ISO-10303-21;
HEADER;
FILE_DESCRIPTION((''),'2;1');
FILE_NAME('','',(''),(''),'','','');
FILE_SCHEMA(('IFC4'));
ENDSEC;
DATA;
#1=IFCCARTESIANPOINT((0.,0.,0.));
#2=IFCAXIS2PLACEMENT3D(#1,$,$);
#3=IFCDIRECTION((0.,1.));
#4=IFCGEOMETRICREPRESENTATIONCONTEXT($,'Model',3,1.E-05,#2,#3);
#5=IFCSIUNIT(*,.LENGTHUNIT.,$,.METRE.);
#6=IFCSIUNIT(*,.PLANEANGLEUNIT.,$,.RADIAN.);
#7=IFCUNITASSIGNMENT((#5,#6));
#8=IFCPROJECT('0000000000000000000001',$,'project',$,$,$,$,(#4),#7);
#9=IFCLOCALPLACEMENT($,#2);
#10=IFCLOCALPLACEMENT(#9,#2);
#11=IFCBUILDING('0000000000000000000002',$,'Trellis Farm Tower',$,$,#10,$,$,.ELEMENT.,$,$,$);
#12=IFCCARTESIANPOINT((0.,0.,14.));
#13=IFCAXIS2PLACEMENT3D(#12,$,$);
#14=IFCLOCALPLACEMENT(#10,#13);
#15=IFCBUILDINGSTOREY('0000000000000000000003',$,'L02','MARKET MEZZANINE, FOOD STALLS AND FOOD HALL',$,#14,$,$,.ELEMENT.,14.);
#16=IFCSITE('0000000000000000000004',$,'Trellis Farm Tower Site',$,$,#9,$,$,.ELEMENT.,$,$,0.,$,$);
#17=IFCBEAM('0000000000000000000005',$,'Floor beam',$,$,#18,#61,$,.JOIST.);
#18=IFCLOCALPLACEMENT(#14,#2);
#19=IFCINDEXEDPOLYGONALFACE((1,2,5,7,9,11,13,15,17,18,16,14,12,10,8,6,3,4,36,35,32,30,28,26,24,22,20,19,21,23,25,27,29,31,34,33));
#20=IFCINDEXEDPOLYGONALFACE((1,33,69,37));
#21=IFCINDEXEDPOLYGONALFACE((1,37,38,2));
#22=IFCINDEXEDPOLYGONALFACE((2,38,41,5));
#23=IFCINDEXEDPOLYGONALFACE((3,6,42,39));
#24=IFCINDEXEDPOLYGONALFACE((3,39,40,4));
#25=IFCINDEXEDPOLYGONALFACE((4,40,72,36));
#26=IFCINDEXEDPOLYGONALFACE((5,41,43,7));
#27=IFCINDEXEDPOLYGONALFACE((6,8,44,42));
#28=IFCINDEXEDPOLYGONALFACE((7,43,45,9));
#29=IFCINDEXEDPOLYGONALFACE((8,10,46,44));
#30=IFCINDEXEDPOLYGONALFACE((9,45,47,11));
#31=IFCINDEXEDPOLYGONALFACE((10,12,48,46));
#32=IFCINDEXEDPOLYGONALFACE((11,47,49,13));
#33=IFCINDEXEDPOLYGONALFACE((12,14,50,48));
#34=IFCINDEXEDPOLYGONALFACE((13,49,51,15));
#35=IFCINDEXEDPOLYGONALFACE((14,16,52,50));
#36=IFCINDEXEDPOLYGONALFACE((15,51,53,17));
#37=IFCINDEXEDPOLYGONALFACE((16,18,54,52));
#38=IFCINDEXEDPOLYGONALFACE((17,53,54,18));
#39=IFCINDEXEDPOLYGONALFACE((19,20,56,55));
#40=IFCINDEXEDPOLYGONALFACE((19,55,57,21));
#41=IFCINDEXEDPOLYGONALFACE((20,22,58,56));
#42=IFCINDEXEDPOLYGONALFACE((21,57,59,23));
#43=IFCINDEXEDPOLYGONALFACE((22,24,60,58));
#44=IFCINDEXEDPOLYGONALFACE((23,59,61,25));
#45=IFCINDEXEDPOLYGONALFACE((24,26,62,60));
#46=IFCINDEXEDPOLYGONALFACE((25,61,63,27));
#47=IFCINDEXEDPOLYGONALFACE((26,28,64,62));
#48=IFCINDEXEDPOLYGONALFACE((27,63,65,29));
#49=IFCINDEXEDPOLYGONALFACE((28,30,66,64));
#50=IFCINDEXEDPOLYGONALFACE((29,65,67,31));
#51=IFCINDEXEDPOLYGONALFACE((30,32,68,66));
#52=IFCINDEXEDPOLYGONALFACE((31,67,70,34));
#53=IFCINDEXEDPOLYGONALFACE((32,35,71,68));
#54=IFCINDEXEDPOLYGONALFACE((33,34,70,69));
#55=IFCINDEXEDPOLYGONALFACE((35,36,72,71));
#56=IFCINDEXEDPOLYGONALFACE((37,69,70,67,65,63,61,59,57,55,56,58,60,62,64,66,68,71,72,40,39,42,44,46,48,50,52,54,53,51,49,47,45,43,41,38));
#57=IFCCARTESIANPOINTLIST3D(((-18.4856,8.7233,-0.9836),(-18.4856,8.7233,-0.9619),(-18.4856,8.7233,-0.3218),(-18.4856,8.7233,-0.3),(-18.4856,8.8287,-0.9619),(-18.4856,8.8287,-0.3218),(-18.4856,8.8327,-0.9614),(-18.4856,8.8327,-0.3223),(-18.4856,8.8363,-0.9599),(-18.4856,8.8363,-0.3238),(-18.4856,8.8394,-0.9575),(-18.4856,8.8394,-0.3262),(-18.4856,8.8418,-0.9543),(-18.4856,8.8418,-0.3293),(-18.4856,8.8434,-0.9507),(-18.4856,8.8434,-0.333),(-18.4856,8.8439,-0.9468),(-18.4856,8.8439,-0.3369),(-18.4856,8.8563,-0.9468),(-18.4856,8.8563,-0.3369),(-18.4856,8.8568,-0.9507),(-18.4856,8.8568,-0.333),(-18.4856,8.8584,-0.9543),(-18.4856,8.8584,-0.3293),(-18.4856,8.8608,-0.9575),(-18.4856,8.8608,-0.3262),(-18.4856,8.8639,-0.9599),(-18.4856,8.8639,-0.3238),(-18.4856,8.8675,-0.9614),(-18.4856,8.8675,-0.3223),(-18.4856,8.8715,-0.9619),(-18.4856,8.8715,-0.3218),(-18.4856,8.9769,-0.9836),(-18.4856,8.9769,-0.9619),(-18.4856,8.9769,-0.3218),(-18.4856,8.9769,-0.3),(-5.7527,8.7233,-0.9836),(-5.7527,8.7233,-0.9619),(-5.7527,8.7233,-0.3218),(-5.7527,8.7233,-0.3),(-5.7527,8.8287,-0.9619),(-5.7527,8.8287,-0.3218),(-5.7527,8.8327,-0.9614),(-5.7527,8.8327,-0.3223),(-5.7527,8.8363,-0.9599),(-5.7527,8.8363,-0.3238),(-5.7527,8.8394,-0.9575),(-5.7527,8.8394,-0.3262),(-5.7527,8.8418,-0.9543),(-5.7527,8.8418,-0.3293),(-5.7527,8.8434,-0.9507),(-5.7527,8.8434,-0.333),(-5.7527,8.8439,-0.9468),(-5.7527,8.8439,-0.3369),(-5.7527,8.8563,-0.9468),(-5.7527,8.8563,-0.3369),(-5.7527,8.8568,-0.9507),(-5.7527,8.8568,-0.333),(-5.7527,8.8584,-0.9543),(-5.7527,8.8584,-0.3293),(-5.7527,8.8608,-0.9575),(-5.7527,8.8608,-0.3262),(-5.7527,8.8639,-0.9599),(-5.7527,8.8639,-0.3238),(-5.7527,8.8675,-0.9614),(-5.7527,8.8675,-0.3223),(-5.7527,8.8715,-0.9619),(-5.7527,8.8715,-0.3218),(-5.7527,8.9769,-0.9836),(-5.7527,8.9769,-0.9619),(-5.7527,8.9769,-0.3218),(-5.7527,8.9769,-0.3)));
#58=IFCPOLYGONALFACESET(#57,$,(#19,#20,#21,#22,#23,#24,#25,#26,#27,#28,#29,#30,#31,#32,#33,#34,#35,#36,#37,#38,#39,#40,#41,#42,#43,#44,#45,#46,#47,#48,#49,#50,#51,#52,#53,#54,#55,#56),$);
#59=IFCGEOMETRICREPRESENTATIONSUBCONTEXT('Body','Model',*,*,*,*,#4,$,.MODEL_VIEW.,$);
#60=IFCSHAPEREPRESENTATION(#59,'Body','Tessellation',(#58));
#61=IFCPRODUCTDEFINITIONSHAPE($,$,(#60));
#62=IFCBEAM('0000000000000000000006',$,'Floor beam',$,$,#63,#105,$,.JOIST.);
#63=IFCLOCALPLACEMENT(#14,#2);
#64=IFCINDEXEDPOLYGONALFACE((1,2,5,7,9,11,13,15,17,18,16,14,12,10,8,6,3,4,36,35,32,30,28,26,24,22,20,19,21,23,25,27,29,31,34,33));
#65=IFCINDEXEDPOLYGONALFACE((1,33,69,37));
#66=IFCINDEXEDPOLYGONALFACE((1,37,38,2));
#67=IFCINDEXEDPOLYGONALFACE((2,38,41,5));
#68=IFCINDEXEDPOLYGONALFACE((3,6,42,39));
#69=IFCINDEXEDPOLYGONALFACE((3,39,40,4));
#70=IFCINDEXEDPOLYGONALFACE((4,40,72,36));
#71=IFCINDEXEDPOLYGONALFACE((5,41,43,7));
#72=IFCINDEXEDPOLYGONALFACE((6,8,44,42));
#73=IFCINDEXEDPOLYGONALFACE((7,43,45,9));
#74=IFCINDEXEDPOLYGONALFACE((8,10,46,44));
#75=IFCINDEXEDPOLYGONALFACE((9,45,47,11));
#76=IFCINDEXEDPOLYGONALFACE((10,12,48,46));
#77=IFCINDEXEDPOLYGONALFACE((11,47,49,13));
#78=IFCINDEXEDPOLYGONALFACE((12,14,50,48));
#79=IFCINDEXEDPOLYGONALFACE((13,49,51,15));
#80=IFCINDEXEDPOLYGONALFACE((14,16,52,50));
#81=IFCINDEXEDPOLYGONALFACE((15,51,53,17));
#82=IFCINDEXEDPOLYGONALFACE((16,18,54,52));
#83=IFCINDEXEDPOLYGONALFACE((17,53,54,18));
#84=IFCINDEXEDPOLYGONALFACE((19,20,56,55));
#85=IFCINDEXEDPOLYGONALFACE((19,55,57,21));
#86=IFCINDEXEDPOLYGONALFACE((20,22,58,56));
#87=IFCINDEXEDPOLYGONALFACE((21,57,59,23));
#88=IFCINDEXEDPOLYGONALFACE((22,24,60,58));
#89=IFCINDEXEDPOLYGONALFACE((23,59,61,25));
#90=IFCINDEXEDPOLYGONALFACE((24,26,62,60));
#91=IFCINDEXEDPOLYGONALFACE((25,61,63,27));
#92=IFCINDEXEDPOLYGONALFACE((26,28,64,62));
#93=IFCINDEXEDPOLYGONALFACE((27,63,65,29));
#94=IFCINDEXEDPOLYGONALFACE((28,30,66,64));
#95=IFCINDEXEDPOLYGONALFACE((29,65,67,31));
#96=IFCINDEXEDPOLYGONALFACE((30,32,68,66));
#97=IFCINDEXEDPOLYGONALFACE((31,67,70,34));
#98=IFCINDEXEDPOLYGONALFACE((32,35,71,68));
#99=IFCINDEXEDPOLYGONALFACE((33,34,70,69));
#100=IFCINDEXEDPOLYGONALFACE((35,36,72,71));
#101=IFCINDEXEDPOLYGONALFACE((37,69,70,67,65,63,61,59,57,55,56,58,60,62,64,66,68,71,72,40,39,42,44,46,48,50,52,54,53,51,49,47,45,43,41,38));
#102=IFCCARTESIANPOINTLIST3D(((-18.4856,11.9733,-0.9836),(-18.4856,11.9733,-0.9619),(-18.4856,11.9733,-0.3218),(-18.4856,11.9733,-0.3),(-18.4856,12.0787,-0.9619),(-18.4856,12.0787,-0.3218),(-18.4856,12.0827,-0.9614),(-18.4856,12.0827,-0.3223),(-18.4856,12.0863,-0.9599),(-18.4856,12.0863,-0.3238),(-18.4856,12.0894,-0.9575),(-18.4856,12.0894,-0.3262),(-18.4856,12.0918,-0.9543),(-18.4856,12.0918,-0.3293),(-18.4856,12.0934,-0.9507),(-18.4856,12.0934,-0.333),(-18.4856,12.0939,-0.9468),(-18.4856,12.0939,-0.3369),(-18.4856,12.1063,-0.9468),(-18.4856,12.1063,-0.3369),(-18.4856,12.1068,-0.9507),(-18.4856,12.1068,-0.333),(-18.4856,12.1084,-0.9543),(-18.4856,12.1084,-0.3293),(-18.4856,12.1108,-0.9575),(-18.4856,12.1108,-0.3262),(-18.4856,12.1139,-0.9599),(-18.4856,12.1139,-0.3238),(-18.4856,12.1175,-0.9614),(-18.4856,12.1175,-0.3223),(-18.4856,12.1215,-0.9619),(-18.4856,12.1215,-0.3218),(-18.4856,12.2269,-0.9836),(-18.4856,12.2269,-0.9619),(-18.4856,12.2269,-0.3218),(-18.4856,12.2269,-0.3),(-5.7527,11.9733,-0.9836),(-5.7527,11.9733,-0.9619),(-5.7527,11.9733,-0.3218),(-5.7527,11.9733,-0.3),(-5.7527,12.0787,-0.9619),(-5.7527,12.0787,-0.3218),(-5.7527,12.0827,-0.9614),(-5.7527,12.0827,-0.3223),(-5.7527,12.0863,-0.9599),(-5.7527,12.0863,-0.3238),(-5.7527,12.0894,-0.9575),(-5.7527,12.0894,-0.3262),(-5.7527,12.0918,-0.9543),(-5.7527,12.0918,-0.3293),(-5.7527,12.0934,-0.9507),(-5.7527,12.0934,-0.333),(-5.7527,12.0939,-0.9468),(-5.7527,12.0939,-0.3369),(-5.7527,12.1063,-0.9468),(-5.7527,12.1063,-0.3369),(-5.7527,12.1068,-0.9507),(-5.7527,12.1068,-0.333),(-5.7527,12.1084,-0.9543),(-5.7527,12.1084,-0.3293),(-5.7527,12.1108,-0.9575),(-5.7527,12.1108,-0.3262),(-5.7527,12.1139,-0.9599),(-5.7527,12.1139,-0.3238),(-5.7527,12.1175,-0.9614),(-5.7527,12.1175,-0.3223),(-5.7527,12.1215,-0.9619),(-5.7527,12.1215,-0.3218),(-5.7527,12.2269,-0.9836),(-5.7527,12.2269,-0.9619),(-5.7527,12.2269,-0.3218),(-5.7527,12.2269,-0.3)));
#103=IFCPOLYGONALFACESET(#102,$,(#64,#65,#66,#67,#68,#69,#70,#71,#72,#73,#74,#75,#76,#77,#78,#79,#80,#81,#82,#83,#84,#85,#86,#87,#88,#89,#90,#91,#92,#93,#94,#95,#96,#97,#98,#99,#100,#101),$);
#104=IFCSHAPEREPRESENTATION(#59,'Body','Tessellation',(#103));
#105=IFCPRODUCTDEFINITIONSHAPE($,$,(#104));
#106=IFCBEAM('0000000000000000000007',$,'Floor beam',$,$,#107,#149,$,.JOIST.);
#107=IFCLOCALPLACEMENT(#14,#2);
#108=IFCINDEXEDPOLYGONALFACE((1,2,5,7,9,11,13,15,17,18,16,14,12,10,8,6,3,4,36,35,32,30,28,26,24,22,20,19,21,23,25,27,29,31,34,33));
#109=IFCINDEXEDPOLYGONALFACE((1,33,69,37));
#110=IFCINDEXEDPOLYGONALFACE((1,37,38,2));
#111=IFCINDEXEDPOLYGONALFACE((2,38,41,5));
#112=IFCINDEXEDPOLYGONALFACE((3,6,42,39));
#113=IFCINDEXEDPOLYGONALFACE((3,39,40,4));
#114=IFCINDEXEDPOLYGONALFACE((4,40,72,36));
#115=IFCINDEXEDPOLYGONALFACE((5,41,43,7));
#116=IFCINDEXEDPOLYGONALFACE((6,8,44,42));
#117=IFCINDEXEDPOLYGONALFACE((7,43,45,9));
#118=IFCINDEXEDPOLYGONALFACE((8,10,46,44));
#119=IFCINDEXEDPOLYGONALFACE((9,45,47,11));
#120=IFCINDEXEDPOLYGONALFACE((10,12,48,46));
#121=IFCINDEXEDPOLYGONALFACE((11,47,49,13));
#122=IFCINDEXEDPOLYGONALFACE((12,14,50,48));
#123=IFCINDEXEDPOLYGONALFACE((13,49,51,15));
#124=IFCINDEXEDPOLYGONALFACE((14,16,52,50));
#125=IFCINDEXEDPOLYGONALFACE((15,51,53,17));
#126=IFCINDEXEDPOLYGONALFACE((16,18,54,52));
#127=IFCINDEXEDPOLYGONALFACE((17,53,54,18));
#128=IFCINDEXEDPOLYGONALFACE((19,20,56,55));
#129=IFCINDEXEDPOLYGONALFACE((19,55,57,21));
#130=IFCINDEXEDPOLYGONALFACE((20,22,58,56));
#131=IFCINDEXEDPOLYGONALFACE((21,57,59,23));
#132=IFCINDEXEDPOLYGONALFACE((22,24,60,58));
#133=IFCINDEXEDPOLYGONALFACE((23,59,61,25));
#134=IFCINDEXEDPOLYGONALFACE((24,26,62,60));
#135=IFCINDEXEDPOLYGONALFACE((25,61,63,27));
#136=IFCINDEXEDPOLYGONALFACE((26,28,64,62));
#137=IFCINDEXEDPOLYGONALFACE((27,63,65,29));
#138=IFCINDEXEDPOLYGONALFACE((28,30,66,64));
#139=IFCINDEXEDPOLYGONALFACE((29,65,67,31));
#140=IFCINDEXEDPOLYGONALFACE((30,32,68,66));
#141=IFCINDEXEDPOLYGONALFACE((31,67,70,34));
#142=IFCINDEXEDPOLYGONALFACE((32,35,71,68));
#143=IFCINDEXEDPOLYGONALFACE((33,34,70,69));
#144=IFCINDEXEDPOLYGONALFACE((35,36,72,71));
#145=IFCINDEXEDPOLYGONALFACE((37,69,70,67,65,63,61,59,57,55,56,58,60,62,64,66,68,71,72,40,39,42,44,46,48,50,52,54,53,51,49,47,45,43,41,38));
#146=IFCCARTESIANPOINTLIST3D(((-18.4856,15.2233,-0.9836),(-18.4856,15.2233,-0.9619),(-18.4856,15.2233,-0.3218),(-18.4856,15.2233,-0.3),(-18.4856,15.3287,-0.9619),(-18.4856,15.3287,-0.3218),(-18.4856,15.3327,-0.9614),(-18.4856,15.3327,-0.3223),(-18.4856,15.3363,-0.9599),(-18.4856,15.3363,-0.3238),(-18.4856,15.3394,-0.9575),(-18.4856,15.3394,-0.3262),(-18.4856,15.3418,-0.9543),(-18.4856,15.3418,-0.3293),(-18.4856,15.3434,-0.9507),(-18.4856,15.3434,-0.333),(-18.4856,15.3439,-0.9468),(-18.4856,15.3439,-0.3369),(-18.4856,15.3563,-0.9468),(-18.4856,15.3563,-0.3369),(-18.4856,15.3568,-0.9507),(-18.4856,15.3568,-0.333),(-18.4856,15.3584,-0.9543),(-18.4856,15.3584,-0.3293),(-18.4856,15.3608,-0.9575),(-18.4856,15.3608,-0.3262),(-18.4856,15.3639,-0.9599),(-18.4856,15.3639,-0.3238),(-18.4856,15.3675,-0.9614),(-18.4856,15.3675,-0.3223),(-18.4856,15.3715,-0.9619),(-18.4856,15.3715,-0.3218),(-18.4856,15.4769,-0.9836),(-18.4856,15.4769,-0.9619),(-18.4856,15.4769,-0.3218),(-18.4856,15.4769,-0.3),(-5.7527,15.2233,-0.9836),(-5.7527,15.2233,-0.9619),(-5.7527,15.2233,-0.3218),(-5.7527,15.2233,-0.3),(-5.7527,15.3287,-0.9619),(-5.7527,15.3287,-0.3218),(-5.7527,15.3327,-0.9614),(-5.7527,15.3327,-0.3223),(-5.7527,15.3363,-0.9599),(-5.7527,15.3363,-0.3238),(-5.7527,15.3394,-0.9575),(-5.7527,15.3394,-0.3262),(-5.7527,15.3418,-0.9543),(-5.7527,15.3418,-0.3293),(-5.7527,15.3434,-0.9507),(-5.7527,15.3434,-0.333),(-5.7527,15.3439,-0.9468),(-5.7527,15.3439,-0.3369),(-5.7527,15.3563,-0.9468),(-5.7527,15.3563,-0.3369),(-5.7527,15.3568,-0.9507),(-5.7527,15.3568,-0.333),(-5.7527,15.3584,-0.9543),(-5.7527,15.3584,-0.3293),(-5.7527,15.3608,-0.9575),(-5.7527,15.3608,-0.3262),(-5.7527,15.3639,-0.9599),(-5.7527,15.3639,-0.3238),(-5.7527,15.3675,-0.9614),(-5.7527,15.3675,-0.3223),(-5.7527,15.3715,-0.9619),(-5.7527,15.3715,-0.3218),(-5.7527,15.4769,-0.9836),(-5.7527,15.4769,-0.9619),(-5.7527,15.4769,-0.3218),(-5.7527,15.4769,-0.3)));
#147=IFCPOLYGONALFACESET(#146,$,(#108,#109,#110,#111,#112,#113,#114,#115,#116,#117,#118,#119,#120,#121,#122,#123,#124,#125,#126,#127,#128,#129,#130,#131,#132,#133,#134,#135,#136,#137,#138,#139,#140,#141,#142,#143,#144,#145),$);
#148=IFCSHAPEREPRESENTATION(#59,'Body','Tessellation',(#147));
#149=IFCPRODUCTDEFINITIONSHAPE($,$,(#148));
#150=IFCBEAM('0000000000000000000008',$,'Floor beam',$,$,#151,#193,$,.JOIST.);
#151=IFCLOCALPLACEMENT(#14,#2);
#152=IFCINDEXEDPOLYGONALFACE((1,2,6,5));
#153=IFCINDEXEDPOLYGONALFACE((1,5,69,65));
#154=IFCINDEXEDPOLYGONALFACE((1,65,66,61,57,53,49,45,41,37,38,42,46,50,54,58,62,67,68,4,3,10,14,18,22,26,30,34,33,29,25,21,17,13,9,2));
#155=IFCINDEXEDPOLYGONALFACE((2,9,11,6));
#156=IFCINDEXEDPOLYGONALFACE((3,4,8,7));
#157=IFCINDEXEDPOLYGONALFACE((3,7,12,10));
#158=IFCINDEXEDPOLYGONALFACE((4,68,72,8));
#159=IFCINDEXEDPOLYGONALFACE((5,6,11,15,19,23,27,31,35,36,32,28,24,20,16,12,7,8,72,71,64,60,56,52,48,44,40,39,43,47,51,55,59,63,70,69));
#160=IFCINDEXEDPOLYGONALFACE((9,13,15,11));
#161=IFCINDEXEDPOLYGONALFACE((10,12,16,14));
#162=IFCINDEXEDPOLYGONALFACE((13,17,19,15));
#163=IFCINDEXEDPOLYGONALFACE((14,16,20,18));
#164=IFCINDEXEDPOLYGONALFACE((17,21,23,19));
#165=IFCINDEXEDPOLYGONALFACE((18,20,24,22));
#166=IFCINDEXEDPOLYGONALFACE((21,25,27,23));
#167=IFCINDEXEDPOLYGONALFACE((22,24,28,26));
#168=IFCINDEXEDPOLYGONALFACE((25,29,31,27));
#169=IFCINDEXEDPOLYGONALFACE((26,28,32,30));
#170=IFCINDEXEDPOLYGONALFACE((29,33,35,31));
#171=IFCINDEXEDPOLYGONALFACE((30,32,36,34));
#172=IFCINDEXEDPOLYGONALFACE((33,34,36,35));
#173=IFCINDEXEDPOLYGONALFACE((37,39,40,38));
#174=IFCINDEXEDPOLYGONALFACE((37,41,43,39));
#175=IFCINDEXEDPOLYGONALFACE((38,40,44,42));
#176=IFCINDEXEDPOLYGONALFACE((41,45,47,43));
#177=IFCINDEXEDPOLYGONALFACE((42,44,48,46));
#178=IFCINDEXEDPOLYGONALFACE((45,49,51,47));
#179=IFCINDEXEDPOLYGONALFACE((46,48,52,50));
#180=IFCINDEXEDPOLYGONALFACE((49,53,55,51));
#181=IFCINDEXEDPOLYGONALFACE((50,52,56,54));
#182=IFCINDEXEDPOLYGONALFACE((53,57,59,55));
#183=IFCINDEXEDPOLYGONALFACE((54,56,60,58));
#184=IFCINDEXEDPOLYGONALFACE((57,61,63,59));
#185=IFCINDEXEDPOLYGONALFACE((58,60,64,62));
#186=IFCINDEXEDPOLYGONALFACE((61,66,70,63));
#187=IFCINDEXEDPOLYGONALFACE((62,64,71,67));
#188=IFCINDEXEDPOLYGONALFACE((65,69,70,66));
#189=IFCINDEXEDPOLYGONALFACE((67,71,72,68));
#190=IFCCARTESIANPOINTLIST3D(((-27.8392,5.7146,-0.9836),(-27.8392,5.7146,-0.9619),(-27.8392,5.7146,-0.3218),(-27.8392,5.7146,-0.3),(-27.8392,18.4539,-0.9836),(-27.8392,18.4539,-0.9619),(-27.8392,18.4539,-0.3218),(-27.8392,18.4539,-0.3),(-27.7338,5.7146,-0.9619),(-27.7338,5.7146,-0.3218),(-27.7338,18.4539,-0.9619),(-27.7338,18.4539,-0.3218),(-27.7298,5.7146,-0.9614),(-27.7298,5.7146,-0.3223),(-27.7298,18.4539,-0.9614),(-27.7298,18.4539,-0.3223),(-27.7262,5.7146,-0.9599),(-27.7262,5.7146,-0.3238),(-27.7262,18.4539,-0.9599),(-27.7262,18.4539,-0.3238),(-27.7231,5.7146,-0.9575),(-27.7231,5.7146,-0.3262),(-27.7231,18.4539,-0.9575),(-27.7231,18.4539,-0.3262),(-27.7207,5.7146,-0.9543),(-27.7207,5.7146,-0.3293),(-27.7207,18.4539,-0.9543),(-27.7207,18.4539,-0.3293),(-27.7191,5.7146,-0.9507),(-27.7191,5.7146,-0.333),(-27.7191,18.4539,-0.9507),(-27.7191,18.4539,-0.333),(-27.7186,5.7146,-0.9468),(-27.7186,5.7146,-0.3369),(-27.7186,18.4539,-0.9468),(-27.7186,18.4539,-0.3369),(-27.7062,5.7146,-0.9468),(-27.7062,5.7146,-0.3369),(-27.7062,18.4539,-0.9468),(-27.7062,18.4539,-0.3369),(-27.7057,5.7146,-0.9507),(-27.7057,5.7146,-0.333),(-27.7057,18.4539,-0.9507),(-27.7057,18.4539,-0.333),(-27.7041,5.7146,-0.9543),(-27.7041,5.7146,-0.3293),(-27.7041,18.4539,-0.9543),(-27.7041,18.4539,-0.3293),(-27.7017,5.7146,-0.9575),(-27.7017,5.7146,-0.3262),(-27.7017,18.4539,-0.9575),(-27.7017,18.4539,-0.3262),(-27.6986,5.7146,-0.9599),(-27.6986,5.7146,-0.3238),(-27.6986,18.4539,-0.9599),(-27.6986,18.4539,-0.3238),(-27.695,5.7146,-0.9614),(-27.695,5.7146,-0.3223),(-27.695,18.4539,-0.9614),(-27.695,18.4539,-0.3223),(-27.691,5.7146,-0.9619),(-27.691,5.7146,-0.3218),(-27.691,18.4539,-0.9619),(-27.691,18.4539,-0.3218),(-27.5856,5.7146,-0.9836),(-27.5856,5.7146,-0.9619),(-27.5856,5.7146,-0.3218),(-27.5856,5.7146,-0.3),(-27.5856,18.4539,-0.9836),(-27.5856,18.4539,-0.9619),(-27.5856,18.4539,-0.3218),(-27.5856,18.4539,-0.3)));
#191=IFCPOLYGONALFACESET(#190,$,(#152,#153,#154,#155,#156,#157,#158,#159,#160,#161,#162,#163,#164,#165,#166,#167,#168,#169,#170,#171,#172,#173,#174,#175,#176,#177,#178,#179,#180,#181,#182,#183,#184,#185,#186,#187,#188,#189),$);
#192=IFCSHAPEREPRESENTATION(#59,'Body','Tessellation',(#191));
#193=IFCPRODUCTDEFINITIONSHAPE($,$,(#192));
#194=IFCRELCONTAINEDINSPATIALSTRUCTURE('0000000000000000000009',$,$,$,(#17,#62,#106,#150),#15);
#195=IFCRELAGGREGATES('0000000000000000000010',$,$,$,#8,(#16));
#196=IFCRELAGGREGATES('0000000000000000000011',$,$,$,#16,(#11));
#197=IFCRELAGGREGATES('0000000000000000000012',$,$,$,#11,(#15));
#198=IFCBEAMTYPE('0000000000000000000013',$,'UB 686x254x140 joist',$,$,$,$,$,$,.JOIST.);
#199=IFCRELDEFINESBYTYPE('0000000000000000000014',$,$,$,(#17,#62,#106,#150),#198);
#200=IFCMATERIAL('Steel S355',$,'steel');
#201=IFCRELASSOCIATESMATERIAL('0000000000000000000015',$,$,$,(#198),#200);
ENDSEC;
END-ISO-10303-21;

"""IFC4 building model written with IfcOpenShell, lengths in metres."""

from ifc_helpers import new_model, si_unit, direction, frame, origin, origin_2d, place, context, subcontext, project, spatial, i_section, extrude, source, transform, mapped, material, material_profile, profile_set, type_object, element, save


model = new_model("IFC4")

# Units and contexts
model_context = context("Model", 3, precision=1e-05, world=origin(), true_north=direction((0.0, 1.0)))
body_context = subcontext(model_context, "Body", "Model", "MODEL_VIEW")
ifc_project = project(units=[si_unit("LENGTHUNIT", "METRE"), si_unit("PLANEANGLEUNIT", "RADIAN")], contexts=[model_context])

# Site, building, storey
site_placement = place(None, origin())
site = spatial("IfcSite", under=ifc_project, at=site_placement, Name="Trellis Farm Tower Site", CompositionType="ELEMENT", RefElevation=0.0)
building_placement = place(site_placement, origin())
building = spatial("IfcBuilding", under=site, at=building_placement, Name="Trellis Farm Tower", CompositionType="ELEMENT")
storey_placement = place(building_placement, frame((0.0, 0.0, 14.0)))
storey = spatial("IfcBuildingStorey", under=building, at=storey_placement, Name="L02", Description="MARKET MEZZANINE, FOOD STALLS AND FOOD HALL", CompositionType="ELEMENT", Elevation=14.0)

# Beams
ifc_material_1 = material(Name="Steel S355", Category="steel")
ifc_material_profile_1 = material_profile(ifc_material_1, i_section(OverallWidth=0.2537, OverallDepth=0.6836, WebThickness=0.0125, FlangeThickness=0.0217, FilletRadius=0.0151, at=origin_2d()), Name="UB 686x254x140")
ifc_profile_set_1 = profile_set([ifc_material_profile_1], Name="Steel S355")
beam_type_1 = type_object("IfcBeamType", Name="UB 686x254x140 joist", PredefinedType="JOIST", material=ifc_profile_set_1)
shared_shape_1 = source(origin(), body_context, "Body", "SweptSolid", [
    extrude(i_section(OverallWidth=0.2537, OverallDepth=0.6836, WebThickness=0.0125, FlangeThickness=0.0217, FilletRadius=0.0151, at=origin_2d()), origin(), (0.0, 0.0, 1.0), 12.7329),
])
for number, where, z_axis, x_axis, name in (
    (1, (-18.4856, 8.8501, -0.6418), (1.0, 0.0, 0.0), (0.0, 1.0, 0.0), "Floor beam"),
    (2, (-18.4856, 12.1001, -0.6418), (1.0, 0.0, 0.0), (0.0, 1.0, 0.0), "Floor beam"),
    (3, (-18.4856, 15.3501, -0.6418), (1.0, 0.0, 0.0), (0.0, 1.0, 0.0), "Floor beam"),
):
    element("IfcBeam", number, at=place(storey_placement, frame(where, z_axis=z_axis, x_axis=x_axis)), inside=storey, type_object=beam_type_1, Name=name, PredefinedType="JOIST", context=body_context, shape_type="MappedRepresentation", body=[
        mapped(shared_shape_1, transform((0.0, 0.0, 0.0))),
    ])
shared_shape_2 = source(origin(), body_context, "Body", "SweptSolid", [
    extrude(i_section(OverallWidth=0.2537, OverallDepth=0.6836, WebThickness=0.0125, FlangeThickness=0.0217, FilletRadius=0.0151, at=origin_2d()), origin(), (0.0, 0.0, 1.0), 12.7393),
])
for number, where, z_axis, x_axis, name in (
    (4, (-27.7124, 5.7146, -0.6418), (0.0, 1.0, 0.0), (-1.0, 0.0, 0.0), "Floor beam"),
):
    element("IfcBeam", number, at=place(storey_placement, frame(where, z_axis=z_axis, x_axis=x_axis)), inside=storey, type_object=beam_type_1, Name=name, PredefinedType="JOIST", context=body_context, shape_type="MappedRepresentation", body=[
        mapped(shared_shape_2, transform((0.0, 0.0, 0.0))),
    ])

save(model, "model.ifc")
